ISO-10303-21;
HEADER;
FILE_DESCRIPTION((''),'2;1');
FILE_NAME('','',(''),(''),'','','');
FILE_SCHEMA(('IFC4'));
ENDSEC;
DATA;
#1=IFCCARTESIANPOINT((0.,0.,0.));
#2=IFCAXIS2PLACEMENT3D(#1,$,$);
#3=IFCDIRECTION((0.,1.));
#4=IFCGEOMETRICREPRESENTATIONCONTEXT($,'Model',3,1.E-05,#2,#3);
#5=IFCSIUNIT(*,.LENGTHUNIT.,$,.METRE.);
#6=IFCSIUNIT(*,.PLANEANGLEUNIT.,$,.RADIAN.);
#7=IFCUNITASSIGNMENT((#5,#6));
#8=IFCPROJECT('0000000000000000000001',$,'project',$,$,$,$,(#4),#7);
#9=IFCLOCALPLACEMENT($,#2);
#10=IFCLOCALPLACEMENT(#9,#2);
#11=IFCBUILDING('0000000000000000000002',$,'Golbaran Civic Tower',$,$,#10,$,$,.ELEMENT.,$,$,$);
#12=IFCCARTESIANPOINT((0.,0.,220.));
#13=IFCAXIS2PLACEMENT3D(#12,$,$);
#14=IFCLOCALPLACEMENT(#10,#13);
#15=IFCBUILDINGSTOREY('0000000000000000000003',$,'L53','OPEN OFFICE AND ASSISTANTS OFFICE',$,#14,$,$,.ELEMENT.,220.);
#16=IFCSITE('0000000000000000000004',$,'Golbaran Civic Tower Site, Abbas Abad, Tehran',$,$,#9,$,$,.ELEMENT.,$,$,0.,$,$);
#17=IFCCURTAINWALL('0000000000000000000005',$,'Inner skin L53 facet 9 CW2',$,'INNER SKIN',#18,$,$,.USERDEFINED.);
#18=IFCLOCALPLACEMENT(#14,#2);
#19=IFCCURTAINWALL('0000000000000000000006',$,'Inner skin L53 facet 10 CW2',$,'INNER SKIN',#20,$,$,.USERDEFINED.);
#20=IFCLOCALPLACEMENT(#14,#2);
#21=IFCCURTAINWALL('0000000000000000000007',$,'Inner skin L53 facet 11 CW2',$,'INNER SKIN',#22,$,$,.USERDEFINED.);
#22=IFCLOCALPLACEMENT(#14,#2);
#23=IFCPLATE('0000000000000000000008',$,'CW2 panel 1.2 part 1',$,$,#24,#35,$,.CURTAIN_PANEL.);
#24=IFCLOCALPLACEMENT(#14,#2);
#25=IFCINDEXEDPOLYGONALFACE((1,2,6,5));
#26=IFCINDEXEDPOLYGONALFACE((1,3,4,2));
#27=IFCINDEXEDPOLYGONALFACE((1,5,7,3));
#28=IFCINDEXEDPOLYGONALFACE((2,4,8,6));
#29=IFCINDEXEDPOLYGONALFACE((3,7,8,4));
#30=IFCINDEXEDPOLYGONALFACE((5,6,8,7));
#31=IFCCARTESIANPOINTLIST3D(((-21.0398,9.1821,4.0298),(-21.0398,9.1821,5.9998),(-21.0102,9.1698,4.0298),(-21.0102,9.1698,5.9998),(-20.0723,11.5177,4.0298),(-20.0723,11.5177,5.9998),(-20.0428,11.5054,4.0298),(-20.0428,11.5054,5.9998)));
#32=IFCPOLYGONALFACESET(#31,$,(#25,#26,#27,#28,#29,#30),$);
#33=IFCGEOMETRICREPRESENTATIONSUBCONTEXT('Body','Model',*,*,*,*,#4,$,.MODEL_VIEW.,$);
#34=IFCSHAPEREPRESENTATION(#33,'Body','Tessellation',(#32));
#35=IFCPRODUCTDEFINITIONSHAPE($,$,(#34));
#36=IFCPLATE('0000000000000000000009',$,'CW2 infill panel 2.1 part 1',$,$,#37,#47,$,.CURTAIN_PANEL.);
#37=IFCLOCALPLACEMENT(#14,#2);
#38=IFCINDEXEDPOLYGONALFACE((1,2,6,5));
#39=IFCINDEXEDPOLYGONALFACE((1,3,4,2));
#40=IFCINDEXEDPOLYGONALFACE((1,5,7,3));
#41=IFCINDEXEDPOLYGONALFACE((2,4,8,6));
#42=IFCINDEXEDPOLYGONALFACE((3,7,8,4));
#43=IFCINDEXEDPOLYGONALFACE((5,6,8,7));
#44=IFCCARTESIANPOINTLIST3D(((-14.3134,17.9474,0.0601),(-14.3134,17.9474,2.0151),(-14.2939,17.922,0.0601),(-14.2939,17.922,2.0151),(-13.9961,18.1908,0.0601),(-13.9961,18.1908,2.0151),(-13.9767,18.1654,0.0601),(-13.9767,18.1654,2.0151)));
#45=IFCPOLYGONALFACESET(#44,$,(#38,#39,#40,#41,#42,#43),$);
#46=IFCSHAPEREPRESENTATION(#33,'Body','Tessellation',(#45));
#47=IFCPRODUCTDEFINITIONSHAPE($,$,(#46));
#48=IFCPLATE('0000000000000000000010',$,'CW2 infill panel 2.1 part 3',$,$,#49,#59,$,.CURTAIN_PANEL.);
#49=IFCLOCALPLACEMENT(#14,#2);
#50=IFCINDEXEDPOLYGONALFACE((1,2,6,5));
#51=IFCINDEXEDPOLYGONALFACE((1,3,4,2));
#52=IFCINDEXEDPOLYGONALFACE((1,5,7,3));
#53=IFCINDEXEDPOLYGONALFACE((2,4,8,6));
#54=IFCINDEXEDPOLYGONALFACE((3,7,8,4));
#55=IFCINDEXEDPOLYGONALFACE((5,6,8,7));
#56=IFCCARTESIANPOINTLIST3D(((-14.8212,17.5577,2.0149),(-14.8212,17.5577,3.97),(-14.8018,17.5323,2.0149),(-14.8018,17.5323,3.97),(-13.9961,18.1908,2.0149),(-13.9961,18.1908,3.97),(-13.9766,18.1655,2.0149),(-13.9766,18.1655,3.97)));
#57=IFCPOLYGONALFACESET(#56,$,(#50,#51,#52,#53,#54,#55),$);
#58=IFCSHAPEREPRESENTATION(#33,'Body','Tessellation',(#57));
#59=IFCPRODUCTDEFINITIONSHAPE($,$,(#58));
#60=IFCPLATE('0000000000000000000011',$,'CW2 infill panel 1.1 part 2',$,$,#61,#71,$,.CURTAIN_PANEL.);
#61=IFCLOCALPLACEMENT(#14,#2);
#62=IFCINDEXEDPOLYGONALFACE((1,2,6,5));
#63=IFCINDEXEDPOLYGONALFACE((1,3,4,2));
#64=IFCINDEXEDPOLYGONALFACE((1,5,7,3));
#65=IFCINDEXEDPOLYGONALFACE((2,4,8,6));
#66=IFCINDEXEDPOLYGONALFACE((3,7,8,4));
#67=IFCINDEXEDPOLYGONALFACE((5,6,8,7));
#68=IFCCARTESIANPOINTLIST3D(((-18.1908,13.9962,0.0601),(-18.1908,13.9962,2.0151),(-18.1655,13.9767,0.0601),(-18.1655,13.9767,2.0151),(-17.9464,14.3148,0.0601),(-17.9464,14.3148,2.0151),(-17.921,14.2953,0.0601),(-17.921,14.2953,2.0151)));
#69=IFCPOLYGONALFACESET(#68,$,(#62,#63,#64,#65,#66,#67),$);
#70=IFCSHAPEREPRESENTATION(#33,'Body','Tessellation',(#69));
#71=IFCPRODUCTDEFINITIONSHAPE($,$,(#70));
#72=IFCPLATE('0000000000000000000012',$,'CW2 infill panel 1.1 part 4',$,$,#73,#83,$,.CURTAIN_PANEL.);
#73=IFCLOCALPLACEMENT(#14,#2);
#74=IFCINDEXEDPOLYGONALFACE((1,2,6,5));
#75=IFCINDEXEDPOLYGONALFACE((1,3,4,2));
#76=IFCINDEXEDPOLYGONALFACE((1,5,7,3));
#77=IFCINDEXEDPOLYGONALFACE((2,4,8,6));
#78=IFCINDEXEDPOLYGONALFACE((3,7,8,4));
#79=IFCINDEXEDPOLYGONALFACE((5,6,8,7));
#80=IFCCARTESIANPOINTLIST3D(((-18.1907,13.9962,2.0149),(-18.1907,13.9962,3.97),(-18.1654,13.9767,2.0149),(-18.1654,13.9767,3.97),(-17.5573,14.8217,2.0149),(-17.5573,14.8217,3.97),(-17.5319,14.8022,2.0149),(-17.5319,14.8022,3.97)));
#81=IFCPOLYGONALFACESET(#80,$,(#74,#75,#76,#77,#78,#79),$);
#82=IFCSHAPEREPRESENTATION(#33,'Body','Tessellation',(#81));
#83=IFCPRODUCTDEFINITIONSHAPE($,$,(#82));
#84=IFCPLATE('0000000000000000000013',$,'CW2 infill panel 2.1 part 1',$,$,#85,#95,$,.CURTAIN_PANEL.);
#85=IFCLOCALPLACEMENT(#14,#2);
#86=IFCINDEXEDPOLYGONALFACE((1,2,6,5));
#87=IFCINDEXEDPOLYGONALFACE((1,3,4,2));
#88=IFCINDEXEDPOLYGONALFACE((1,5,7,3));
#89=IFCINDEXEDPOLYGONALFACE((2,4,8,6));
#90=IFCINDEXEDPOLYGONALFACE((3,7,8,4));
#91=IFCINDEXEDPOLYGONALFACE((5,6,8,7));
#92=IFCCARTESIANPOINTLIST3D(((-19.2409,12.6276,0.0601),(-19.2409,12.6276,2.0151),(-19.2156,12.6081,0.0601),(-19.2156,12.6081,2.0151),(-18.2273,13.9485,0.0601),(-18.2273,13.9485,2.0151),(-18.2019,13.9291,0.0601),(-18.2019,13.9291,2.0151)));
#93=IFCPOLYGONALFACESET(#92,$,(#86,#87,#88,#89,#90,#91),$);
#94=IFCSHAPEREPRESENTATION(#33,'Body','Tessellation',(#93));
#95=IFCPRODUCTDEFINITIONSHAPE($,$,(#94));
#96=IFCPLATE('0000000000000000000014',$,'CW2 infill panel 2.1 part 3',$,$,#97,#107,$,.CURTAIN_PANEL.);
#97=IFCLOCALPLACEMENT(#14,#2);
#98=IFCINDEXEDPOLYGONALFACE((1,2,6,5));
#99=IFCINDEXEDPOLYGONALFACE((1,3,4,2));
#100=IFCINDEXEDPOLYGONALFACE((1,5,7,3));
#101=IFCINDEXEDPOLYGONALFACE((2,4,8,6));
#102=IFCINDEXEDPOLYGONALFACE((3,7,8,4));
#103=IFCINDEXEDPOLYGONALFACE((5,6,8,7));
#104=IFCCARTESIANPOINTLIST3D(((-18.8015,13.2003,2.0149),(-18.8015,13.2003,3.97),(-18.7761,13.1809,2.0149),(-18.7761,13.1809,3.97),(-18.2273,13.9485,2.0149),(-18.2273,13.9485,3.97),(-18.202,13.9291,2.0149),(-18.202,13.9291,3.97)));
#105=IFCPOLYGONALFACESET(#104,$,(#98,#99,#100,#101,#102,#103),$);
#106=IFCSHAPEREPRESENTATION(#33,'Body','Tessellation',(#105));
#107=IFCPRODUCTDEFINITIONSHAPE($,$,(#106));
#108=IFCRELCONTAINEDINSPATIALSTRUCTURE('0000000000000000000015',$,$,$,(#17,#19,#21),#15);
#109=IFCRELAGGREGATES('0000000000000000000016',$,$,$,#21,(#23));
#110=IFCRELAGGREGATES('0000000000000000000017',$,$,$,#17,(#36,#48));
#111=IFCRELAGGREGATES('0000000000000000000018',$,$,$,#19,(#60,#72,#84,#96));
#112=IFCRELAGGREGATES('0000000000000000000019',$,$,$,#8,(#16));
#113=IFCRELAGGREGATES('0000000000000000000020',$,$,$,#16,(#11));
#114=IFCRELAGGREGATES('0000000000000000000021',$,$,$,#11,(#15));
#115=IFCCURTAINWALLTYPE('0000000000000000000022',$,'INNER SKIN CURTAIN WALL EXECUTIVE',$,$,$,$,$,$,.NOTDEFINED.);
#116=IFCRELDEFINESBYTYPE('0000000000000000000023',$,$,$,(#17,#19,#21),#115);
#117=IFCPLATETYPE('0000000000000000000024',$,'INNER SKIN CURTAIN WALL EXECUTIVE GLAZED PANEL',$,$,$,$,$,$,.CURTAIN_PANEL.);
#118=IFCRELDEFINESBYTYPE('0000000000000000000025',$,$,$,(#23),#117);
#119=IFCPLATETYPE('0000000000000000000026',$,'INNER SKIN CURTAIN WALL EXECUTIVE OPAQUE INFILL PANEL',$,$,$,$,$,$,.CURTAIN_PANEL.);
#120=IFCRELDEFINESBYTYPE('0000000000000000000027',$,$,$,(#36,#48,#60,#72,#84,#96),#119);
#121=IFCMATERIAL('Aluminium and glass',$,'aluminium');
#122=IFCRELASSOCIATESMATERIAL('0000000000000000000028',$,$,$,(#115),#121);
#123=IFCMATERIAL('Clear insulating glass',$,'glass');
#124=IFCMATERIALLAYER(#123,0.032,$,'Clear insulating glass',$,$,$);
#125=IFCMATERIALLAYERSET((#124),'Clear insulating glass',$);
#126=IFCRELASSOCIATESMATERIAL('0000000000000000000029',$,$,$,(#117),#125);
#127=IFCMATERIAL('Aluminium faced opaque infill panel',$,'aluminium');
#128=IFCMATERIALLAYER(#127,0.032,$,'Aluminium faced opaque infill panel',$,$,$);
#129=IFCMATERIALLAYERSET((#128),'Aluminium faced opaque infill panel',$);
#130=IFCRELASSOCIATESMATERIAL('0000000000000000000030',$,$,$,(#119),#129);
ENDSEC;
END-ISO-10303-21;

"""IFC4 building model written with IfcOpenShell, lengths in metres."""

from ifc_helpers import new_model, si_unit, direction, frame, origin, origin_2d, place, context, subcontext, project, spatial, rectangle, extrude, material, layer, layer_set, type_object, element, aggregate, save


model = new_model("IFC4")

# Units and contexts
model_context = context("Model", 3, precision=1e-05, world=origin(), true_north=direction((0.0, 1.0)))
body_context = subcontext(model_context, "Body", "Model", "MODEL_VIEW")
ifc_project = project(units=[si_unit("LENGTHUNIT", "METRE"), si_unit("PLANEANGLEUNIT", "RADIAN")], contexts=[model_context])

# Site, building, storey
site_placement = place(None, origin())
site = spatial("IfcSite", under=ifc_project, at=site_placement, Name="Golbaran Civic Tower Site, Abbas Abad, Tehran", CompositionType="ELEMENT", RefElevation=0.0)
building_placement = place(site_placement, origin())
building = spatial("IfcBuilding", under=site, at=building_placement, Name="Golbaran Civic Tower", CompositionType="ELEMENT")
storey_placement = place(building_placement, frame((0.0, 0.0, 220.0)))
storey = spatial("IfcBuildingStorey", under=building, at=storey_placement, Name="L53", Description="OPEN OFFICE AND ASSISTANTS OFFICE", CompositionType="ELEMENT", Elevation=220.0)

# Curtain wall
ifc_material_1 = material(Name="Aluminium and glass", Category="aluminium")
curtain_wall_type = type_object("IfcCurtainWallType", Name="INNER SKIN CURTAIN WALL EXECUTIVE", PredefinedType="NOTDEFINED", material=ifc_material_1)
curtain_wall_1_placement = place(storey_placement, origin())
curtain_wall_1 = element("IfcCurtainWall", 1, at=curtain_wall_1_placement, inside=storey, type_object=curtain_wall_type, Name="Inner skin L53 facet 9 CW2", ObjectType="INNER SKIN", PredefinedType="USERDEFINED")

# Curtain wall
curtain_wall_2_placement = place(storey_placement, origin())
curtain_wall_2 = element("IfcCurtainWall", 2, at=curtain_wall_2_placement, inside=storey, type_object=curtain_wall_type, Name="Inner skin L53 facet 10 CW2", ObjectType="INNER SKIN", PredefinedType="USERDEFINED")

# Curtain wall
curtain_wall_3_placement = place(storey_placement, origin())
curtain_wall_3 = element("IfcCurtainWall", 3, at=curtain_wall_3_placement, inside=storey, type_object=curtain_wall_type, Name="Inner skin L53 facet 11 CW2", ObjectType="INNER SKIN", PredefinedType="USERDEFINED")

# Plates
ifc_material_2 = material(Name="Clear insulating glass", Category="glass")
ifc_layer_1 = layer(ifc_material_2, 0.032, Name="Clear insulating glass")
ifc_layer_set_1 = layer_set([ifc_layer_1], Name="Clear insulating glass")
plate_type_1 = type_object("IfcPlateType", Name="INNER SKIN CURTAIN WALL EXECUTIVE GLAZED PANEL", PredefinedType="CURTAIN_PANEL", material=ifc_layer_set_1)
plate_1_placement = place(storey_placement, frame((-20.5413, 10.3438, 4.0298), z_axis=(0.0, 0.0, 1.0), x_axis=(-0.382683, -0.92388, 0.0)))
plate_1 = element("IfcPlate", 4, at=plate_1_placement, type_object=plate_type_1, Name="CW2 panel 1.2 part 1", PredefinedType="CURTAIN_PANEL", context=body_context, shape_type="SweptSolid", body=[
    extrude(rectangle(XDim=2.5281, YDim=0.032, at=origin_2d()), origin(), (0.0, 0.0, 1.0), 1.97),
])
aggregate(curtain_wall_3, [plate_1])
ifc_material_3 = material(Name="Aluminium faced opaque infill panel", Category="aluminium")
ifc_layer_2 = layer(ifc_material_3, 0.032, Name="Aluminium faced opaque infill panel")
ifc_layer_set_2 = layer_set([ifc_layer_2], Name="Aluminium faced opaque infill panel")
plate_type_2 = type_object("IfcPlateType", Name="INNER SKIN CURTAIN WALL EXECUTIVE OPAQUE INFILL PANEL", PredefinedType="CURTAIN_PANEL", material=ifc_layer_set_2)
plate_2_placement = place(storey_placement, frame((-14.145, 18.0564, 0.0601), z_axis=(0.0, 0.0, 1.0), x_axis=(-0.793353, -0.608761, 0.0)))
plate_2 = element("IfcPlate", 5, at=plate_2_placement, type_object=plate_type_2, Name="CW2 infill panel 2.1 part 1", PredefinedType="CURTAIN_PANEL", context=body_context, shape_type="SweptSolid", body=[
    extrude(rectangle(XDim=0.3999, YDim=0.032, at=origin_2d()), origin(), (0.0, 0.0, 1.0), 1.9551),
])
plate_3_placement = place(storey_placement, frame((-14.3989, 17.8616, 2.0149), z_axis=(0.0, 0.0, 1.0), x_axis=(-0.793353, -0.608761, 0.0)))
plate_3 = element("IfcPlate", 6, at=plate_3_placement, type_object=plate_type_2, Name="CW2 infill panel 2.1 part 3", PredefinedType="CURTAIN_PANEL", context=body_context, shape_type="SweptSolid", body=[
    extrude(rectangle(XDim=1.04, YDim=0.032, at=origin_2d()), origin(), (0.0, 0.0, 1.0), 1.9551),
])
aggregate(curtain_wall_1, [plate_2, plate_3])
plate_4_placement = place(storey_placement, frame((-18.0559, 14.1458, 0.0601), z_axis=(0.0, 0.0, 1.0), x_axis=(-0.608761, -0.793353, 0.0)))
plate_4 = element("IfcPlate", 7, at=plate_4_placement, type_object=plate_type_2, Name="CW2 infill panel 1.1 part 2", PredefinedType="CURTAIN_PANEL", context=body_context, shape_type="SweptSolid", body=[
    extrude(rectangle(XDim=0.4016, YDim=0.032, at=origin_2d()), origin(), (0.0, 0.0, 1.0), 1.9551),
])
plate_5_placement = place(storey_placement, frame((-17.8613, 14.3992, 2.0149), z_axis=(0.0, 0.0, 1.0), x_axis=(-0.608761, -0.793353, 0.0)))
plate_5 = element("IfcPlate", 8, at=plate_5_placement, type_object=plate_type_2, Name="CW2 infill panel 1.1 part 4", PredefinedType="CURTAIN_PANEL", context=body_context, shape_type="SweptSolid", body=[
    extrude(rectangle(XDim=1.0405, YDim=0.032, at=origin_2d()), origin(), (0.0, 0.0, 1.0), 1.9551),
])
plate_6_placement = place(storey_placement, frame((-18.7214, 13.2783, 0.0601), z_axis=(0.0, 0.0, 1.0), x_axis=(-0.608761, -0.793353, 0.0)))
plate_6 = element("IfcPlate", 9, at=plate_6_placement, type_object=plate_type_2, Name="CW2 infill panel 2.1 part 1", PredefinedType="CURTAIN_PANEL", context=body_context, shape_type="SweptSolid", body=[
    extrude(rectangle(XDim=1.665, YDim=0.032, at=origin_2d()), origin(), (0.0, 0.0, 1.0), 1.9551),
])
plate_7_placement = place(storey_placement, frame((-18.5017, 13.5647, 2.0149), z_axis=(0.0, 0.0, 1.0), x_axis=(-0.608761, -0.793353, 0.0)))
plate_7 = element("IfcPlate", 10, at=plate_7_placement, type_object=plate_type_2, Name="CW2 infill panel 2.1 part 3", PredefinedType="CURTAIN_PANEL", context=body_context, shape_type="SweptSolid", body=[
    extrude(rectangle(XDim=0.9431, YDim=0.032, at=origin_2d()), origin(), (0.0, 0.0, 1.0), 1.9551),
])
aggregate(curtain_wall_2, [plate_4, plate_5, plate_6, plate_7])

save(model, "model.ifc")
